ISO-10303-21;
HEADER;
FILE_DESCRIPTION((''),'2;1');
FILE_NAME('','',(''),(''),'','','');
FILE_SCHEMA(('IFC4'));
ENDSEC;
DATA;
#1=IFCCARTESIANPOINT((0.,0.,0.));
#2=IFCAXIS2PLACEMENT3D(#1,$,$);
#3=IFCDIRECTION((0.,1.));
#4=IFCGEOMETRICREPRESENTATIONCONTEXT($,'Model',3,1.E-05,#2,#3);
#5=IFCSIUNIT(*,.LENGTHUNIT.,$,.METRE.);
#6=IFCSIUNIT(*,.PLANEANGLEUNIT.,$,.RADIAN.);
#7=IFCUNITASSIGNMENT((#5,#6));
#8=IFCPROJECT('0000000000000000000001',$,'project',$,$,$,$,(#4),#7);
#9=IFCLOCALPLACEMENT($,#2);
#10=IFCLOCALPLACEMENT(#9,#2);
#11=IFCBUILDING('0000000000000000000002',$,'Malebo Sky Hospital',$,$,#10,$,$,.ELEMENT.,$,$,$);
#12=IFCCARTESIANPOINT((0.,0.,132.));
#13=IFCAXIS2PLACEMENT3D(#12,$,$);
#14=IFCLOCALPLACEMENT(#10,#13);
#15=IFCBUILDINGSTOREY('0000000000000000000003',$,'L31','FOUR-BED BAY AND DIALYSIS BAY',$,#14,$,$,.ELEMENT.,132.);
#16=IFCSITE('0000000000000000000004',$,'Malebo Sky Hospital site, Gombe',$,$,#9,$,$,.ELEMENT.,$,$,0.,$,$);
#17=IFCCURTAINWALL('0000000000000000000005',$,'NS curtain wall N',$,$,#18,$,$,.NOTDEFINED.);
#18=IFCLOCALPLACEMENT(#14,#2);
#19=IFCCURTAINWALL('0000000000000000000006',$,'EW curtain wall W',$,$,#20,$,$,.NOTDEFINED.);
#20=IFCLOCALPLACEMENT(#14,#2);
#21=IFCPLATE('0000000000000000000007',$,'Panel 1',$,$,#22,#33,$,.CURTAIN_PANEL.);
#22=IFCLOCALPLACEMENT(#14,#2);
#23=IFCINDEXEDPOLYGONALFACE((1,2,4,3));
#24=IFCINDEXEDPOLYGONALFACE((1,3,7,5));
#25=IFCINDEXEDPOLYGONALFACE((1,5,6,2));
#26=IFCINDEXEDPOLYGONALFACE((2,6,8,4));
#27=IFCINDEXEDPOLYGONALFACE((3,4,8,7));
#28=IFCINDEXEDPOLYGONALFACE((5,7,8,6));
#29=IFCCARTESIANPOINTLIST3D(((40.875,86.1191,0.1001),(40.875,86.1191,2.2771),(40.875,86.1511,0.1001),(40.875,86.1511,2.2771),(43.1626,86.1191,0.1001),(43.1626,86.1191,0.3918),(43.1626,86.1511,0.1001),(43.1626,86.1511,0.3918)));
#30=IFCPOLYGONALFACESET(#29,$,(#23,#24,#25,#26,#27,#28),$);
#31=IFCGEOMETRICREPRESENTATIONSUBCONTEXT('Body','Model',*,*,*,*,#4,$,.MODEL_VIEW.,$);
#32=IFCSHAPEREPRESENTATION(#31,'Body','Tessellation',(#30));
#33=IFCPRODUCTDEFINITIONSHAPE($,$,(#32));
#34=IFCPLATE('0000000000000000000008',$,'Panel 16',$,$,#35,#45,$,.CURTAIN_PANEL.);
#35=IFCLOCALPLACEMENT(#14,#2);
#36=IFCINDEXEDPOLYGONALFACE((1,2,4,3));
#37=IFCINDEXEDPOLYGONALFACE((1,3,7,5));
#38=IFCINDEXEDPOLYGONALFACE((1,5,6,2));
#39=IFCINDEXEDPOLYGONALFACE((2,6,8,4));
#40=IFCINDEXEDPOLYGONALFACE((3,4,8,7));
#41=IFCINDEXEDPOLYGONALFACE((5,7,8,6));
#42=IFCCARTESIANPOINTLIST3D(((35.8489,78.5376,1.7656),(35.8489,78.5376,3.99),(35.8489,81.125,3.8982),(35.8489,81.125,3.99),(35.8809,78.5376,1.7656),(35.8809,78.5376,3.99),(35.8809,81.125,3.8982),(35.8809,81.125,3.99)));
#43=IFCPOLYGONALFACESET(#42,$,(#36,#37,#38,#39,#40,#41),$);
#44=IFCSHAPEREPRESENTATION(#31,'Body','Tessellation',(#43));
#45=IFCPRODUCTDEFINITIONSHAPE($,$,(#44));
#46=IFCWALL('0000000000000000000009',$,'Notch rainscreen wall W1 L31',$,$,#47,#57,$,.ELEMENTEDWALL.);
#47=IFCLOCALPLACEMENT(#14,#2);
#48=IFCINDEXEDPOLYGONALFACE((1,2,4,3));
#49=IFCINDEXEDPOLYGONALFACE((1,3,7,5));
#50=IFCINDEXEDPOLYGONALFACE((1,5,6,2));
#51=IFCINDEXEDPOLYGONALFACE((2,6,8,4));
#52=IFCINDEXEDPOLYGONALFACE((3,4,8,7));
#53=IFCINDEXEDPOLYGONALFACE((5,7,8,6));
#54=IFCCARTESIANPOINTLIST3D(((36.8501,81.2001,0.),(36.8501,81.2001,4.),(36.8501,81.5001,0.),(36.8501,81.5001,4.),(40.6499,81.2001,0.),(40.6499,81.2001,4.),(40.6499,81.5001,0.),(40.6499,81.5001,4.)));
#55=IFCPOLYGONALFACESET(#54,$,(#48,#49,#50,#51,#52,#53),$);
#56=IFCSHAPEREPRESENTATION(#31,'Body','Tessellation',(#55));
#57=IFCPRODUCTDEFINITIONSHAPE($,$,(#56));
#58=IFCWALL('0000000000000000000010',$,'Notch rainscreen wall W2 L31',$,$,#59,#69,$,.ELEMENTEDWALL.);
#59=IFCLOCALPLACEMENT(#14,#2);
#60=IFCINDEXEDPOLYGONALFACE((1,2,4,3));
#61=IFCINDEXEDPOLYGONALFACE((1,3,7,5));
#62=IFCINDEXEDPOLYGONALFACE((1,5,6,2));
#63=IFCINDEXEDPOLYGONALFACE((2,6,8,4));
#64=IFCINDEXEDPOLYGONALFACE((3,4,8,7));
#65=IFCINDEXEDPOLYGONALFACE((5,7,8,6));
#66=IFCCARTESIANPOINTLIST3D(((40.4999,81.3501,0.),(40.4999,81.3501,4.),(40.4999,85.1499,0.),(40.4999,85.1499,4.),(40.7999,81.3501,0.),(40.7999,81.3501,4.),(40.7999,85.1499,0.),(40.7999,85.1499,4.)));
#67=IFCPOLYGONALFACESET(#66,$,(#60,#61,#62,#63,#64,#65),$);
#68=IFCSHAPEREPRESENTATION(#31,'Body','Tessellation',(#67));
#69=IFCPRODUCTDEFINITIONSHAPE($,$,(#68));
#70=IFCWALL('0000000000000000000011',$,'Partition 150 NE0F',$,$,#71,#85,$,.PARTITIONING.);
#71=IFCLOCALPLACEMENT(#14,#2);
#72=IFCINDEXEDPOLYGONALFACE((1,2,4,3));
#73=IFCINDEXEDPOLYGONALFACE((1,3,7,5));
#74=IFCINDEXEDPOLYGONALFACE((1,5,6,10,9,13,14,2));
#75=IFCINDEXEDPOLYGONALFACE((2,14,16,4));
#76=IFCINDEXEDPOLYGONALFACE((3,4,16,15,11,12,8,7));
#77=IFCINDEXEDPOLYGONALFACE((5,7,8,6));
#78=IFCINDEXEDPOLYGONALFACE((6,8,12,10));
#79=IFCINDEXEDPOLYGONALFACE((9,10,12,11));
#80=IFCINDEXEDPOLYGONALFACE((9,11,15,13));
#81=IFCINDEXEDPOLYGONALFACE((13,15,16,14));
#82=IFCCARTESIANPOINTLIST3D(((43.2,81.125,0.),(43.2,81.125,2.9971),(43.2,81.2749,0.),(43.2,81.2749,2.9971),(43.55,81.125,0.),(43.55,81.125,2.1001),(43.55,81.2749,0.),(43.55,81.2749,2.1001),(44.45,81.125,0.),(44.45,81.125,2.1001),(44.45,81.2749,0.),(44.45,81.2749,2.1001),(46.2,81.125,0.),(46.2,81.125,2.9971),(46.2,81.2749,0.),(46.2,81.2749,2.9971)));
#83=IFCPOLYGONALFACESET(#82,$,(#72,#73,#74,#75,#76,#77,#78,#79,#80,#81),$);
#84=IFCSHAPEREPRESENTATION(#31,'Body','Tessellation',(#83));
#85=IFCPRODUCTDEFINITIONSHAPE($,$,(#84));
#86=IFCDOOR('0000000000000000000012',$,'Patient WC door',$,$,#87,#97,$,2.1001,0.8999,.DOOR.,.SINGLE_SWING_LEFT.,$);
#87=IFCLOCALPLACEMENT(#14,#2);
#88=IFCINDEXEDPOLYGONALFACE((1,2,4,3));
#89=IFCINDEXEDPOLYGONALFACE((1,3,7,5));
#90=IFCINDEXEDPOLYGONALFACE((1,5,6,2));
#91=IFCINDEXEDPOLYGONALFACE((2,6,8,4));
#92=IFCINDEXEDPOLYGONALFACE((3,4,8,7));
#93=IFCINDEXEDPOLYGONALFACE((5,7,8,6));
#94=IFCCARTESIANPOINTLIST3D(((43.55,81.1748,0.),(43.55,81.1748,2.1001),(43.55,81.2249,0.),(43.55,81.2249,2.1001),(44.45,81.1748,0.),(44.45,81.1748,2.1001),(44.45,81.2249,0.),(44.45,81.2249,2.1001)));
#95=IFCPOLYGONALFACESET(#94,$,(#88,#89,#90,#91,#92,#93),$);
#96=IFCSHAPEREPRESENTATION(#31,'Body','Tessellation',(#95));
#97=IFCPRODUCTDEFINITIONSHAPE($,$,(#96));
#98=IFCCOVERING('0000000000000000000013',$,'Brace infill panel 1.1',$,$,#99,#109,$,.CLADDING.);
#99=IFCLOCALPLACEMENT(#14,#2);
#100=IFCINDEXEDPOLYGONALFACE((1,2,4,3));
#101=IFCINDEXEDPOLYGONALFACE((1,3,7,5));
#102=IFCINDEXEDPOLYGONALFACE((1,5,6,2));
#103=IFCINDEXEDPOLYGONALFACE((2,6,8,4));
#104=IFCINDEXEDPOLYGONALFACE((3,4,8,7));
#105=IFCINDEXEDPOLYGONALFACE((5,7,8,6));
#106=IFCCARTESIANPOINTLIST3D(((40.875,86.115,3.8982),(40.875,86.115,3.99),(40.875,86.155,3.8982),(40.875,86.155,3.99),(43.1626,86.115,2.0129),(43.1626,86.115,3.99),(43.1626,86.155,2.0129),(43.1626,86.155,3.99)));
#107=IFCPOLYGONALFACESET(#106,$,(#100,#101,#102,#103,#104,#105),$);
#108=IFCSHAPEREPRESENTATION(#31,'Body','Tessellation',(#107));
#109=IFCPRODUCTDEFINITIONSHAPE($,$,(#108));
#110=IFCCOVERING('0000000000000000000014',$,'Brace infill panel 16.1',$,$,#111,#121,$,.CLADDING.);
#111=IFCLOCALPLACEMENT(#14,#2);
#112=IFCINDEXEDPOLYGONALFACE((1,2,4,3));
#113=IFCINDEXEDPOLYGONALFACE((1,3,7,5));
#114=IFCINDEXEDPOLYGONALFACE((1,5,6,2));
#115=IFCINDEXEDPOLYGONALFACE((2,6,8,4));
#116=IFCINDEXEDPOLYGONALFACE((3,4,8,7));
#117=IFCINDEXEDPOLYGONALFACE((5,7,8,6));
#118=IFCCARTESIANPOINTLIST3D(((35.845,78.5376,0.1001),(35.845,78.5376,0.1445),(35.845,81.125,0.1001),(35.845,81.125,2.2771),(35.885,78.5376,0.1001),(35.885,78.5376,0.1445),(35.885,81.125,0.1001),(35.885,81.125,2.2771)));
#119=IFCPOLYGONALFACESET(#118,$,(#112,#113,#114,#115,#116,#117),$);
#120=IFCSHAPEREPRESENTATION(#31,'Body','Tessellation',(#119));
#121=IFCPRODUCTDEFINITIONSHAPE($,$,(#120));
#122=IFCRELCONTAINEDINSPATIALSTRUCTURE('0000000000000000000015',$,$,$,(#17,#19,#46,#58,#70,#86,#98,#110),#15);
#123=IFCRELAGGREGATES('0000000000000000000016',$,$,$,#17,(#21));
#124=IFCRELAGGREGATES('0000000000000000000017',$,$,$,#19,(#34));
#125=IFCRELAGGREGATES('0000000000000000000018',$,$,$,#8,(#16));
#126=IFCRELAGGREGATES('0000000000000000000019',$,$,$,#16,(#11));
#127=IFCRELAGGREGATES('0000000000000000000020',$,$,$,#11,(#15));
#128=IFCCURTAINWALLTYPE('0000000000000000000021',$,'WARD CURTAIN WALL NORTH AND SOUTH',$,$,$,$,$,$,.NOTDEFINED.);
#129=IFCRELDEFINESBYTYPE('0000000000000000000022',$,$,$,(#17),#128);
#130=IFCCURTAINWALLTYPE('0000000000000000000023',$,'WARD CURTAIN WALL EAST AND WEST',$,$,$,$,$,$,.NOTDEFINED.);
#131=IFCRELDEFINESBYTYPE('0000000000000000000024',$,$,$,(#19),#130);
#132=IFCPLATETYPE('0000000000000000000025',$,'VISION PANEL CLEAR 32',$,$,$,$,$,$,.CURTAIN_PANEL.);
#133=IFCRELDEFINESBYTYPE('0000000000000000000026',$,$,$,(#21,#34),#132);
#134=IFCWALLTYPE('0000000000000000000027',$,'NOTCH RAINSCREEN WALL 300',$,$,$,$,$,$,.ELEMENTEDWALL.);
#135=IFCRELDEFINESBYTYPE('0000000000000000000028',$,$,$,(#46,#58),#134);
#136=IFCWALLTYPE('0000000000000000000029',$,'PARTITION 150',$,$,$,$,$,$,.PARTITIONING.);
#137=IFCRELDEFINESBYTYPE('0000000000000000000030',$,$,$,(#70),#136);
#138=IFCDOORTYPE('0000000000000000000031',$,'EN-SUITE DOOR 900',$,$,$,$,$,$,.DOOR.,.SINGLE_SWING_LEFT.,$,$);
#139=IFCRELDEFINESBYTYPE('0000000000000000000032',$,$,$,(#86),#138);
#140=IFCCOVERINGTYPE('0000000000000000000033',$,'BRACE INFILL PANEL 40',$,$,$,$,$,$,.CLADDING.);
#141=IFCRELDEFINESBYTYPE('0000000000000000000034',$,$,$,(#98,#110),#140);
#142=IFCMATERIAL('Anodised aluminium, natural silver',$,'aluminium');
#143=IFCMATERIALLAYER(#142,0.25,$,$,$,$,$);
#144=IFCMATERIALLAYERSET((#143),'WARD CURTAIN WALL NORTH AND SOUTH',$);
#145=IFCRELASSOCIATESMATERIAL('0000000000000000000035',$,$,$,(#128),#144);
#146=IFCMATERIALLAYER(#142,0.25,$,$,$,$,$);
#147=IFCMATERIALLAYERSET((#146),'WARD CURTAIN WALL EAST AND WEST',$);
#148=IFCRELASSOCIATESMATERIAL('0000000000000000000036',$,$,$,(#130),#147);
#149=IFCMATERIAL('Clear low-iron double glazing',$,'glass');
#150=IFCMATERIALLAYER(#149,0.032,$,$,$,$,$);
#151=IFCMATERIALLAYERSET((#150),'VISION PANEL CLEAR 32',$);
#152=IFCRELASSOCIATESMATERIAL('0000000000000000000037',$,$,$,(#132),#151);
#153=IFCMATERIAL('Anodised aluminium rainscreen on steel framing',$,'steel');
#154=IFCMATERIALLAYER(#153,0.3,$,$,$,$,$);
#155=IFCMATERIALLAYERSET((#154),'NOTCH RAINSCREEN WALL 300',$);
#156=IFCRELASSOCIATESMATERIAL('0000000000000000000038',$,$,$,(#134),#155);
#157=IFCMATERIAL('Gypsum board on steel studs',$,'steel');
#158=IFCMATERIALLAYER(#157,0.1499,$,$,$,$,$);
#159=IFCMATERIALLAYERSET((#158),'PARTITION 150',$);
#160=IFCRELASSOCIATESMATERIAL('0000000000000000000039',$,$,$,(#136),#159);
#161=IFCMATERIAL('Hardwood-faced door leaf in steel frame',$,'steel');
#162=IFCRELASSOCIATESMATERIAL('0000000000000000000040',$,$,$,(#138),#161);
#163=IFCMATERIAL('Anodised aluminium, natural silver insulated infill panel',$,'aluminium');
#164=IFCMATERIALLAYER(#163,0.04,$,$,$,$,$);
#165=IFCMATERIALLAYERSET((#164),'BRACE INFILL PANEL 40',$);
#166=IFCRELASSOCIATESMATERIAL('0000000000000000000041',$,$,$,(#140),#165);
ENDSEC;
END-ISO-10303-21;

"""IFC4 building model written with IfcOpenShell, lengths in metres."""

from ifc_helpers import new_model, si_unit, direction, frame, frame_2d, origin, place, context, subcontext, project, spatial, polyline, rectangle, outline, extrude, material, layer, layer_set, type_object, element, fill, aggregate, save


model = new_model("IFC4")

# Units and contexts
model_context = context("Model", 3, precision=1e-05, world=origin(), true_north=direction((0.0, 1.0)))
body_context = subcontext(model_context, "Body", "Model", "MODEL_VIEW")
ifc_project = project(units=[si_unit("LENGTHUNIT", "METRE"), si_unit("PLANEANGLEUNIT", "RADIAN")], contexts=[model_context])

# Site, building, storey
site_placement = place(None, origin())
site = spatial("IfcSite", under=ifc_project, at=site_placement, Name="Malebo Sky Hospital site, Gombe", CompositionType="ELEMENT", RefElevation=0.0)
building_placement = place(site_placement, origin())
building = spatial("IfcBuilding", under=site, at=building_placement, Name="Malebo Sky Hospital", CompositionType="ELEMENT")
storey_placement = place(building_placement, frame((0.0, 0.0, 132.0)))
storey = spatial("IfcBuildingStorey", under=building, at=storey_placement, Name="L31", Description="FOUR-BED BAY AND DIALYSIS BAY", CompositionType="ELEMENT", Elevation=132.0)

# Curtain wall
ifc_material_1 = material(Name="Anodised aluminium, natural silver", Category="aluminium")
ifc_layer_1 = layer(ifc_material_1, 0.25)
ifc_layer_set_1 = layer_set([ifc_layer_1], Name="WARD CURTAIN WALL NORTH AND SOUTH")
curtain_wall_type_1 = type_object("IfcCurtainWallType", Name="WARD CURTAIN WALL NORTH AND SOUTH", PredefinedType="NOTDEFINED", material=ifc_layer_set_1)
curtain_wall_1_placement = place(storey_placement, origin())
curtain_wall_1 = element("IfcCurtainWall", 1, at=curtain_wall_1_placement, inside=storey, type_object=curtain_wall_type_1, Name="NS curtain wall N", PredefinedType="NOTDEFINED")

# Curtain wall
ifc_layer_2 = layer(ifc_material_1, 0.25)
ifc_layer_set_2 = layer_set([ifc_layer_2], Name="WARD CURTAIN WALL EAST AND WEST")
curtain_wall_type_2 = type_object("IfcCurtainWallType", Name="WARD CURTAIN WALL EAST AND WEST", PredefinedType="NOTDEFINED", material=ifc_layer_set_2)
curtain_wall_2_placement = place(storey_placement, origin())
curtain_wall_2 = element("IfcCurtainWall", 2, at=curtain_wall_2_placement, inside=storey, type_object=curtain_wall_type_2, Name="EW curtain wall W", PredefinedType="NOTDEFINED")

# Plates
ifc_material_2 = material(Name="Clear low-iron double glazing", Category="glass")
ifc_layer_3 = layer(ifc_material_2, 0.032)
ifc_layer_set_3 = layer_set([ifc_layer_3], Name="VISION PANEL CLEAR 32")
plate_type = type_object("IfcPlateType", Name="VISION PANEL CLEAR 32", PredefinedType="CURTAIN_PANEL", material=ifc_layer_set_3)
plate_1_placement = place(storey_placement, frame((42.0188, 86.135, 0.1001), z_axis=(0.0, 0.0, 1.0), x_axis=(1.0, 0.0, 0.0)))
plate_1 = element("IfcPlate", 3, at=plate_1_placement, type_object=plate_type, Name="Panel 1", PredefinedType="CURTAIN_PANEL", context=body_context, shape_type="SweptSolid", body=[
    extrude(outline(polyline([(-1.1438, 0.0), (1.1438, 0.0), (1.1438, 0.2917), (-1.1438, 2.177), (-1.1438, 0.0)])), frame((0.0, 0.0161, 0.0), z_axis=(0.0, -1.0, 0.0), x_axis=(1.0, 0.0, 0.0)), (0.0, 0.0, 1.0), 0.032),
])
aggregate(curtain_wall_1, [plate_1])
plate_2_placement = place(storey_placement, frame((35.865, 79.8313, 1.7656), z_axis=(0.0, 0.0, 1.0), x_axis=(0.0, 1.0, 0.0)))
plate_2 = element("IfcPlate", 4, at=plate_2_placement, type_object=plate_type, Name="Panel 16", PredefinedType="CURTAIN_PANEL", context=body_context, shape_type="SweptSolid", body=[
    extrude(outline(polyline([(-1.2937, 0.0), (1.2937, 2.1326), (1.2937, 2.2244), (-1.2937, 2.2244), (-1.2937, 0.0)])), frame((0.0, 0.0161, 0.0), z_axis=(0.0, -1.0, 0.0), x_axis=(1.0, 0.0, 0.0)), (0.0, 0.0, 1.0), 0.032),
])
aggregate(curtain_wall_2, [plate_2])

# Walls
ifc_material_3 = material(Name="Anodised aluminium rainscreen on steel framing", Category="steel")
ifc_layer_4 = layer(ifc_material_3, 0.3)
ifc_layer_set_4 = layer_set([ifc_layer_4], Name="NOTCH RAINSCREEN WALL 300")
wall_type_1 = type_object("IfcWallType", Name="NOTCH RAINSCREEN WALL 300", PredefinedType="ELEMENTEDWALL", material=ifc_layer_set_4)
for number, where, z_axis, x_axis, name in (
    (5, (36.8501, 81.3501, 0.0), (0.0, 0.0, 1.0), (1.0, 0.0, 0.0), "Notch rainscreen wall W1 L31"),
    (6, (40.6499, 81.3501, 0.0), (0.0, 0.0, 1.0), (0.0, 1.0, 0.0), "Notch rainscreen wall W2 L31"),
):
    element("IfcWall", number, at=place(storey_placement, frame(where, z_axis=z_axis, x_axis=x_axis)), inside=storey, type_object=wall_type_1, Name=name, PredefinedType="ELEMENTEDWALL", context=body_context, shape_type="SweptSolid", body=[
        extrude(rectangle(XDim=3.7998, YDim=0.3, at=frame_2d((1.8999, 0.0))), origin(), (0.0, 0.0, 1.0), 4.0),
    ])

# Wall, opening, door
ifc_material_4 = material(Name="Gypsum board on steel studs", Category="steel")
ifc_layer_5 = layer(ifc_material_4, 0.1499)
ifc_layer_set_5 = layer_set([ifc_layer_5], Name="PARTITION 150")
wall_type_2 = type_object("IfcWallType", Name="PARTITION 150", PredefinedType="PARTITIONING", material=ifc_layer_set_5)
wall_placement = place(storey_placement, frame((43.2, 81.2, 0.0), z_axis=(0.0, 0.0, 1.0), x_axis=(1.0, 0.0, 0.0)))
wall = element("IfcWall", 7, at=wall_placement, inside=storey, type_object=wall_type_2, Name="Partition 150 NE0F", PredefinedType="PARTITIONING", context=body_context, shape_type="SweptSolid", body=[
    extrude(rectangle(XDim=3.0, YDim=0.1499, at=frame_2d((1.5, 0.0))), origin(), (0.0, 0.0, 1.0), 2.9971),
])
opening_placement = place(wall_placement, frame((0.3501, 0.0, 0.0)))
opening = element("IfcOpeningElement", 8, at=opening_placement, cuts=wall, PredefinedType="OPENING", context=body_context, shape_type="SweptSolid", body=[
    extrude(rectangle(XDim=0.8999, YDim=2.1001, at=frame_2d((0.45, 1.05))), frame((0.0, 0.085, 0.0), z_axis=(0.0, -1.0, 0.0), x_axis=(1.0, 0.0, 0.0)), (0.0, 0.0, 1.0), 0.1699),
])
ifc_material_5 = material(Name="Hardwood-faced door leaf in steel frame", Category="steel")
door_type = type_object("IfcDoorType", Name="EN-SUITE DOOR 900", OperationType="SINGLE_SWING_LEFT", PredefinedType="DOOR", material=ifc_material_5)
door_placement = place(opening_placement, origin())
door = element("IfcDoor", 9, at=door_placement, inside=storey, type_object=door_type, Name="Patient WC door", OperationType="SINGLE_SWING_LEFT", OverallHeight=2.1001, OverallWidth=0.8999, PredefinedType="DOOR", context=body_context, shape_type="SweptSolid", body=[
    extrude(rectangle(XDim=0.8999, YDim=2.1001, at=frame_2d((0.45, 1.05))), frame((0.0, 0.0249, 0.0), z_axis=(0.0, -1.0, 0.0), x_axis=(1.0, 0.0, 0.0)), (0.0, 0.0, 1.0), 0.05),
])
fill(opening, door)

# Coverings
ifc_material_6 = material(Name="Anodised aluminium, natural silver insulated infill panel", Category="aluminium")
ifc_layer_6 = layer(ifc_material_6, 0.04)
ifc_layer_set_6 = layer_set([ifc_layer_6], Name="BRACE INFILL PANEL 40")
covering_type = type_object("IfcCoveringType", Name="BRACE INFILL PANEL 40", PredefinedType="CLADDING", material=ifc_layer_set_6)
covering_1_placement = place(storey_placement, frame((42.0188, 86.135, 2.0129), z_axis=(0.0, 0.0, 1.0), x_axis=(1.0, 0.0, 0.0)))
element("IfcCovering", 10, at=covering_1_placement, inside=storey, type_object=covering_type, Name="Brace infill panel 1.1", PredefinedType="CLADDING", context=body_context, shape_type="SweptSolid", body=[
    extrude(outline(polyline([(1.1438, 0.0), (1.1438, 1.9771), (-1.1438, 1.9771), (-1.1438, 1.8853), (1.1438, 0.0)])), frame((0.0, 0.02, 0.0), z_axis=(0.0, -1.0, 0.0), x_axis=(1.0, 0.0, 0.0)), (0.0, 0.0, 1.0), 0.04),
])
covering_2_placement = place(storey_placement, frame((35.865, 79.8313, 0.1001), z_axis=(0.0, 0.0, 1.0), x_axis=(0.0, 1.0, 0.0)))
element("IfcCovering", 11, at=covering_2_placement, inside=storey, type_object=covering_type, Name="Brace infill panel 16.1", PredefinedType="CLADDING", context=body_context, shape_type="SweptSolid", body=[
    extrude(outline(polyline([(-1.2937, 0.0), (1.2937, 0.0), (1.2937, 2.177), (-1.2937, 0.0444), (-1.2937, 0.0)])), frame((0.0, 0.02, 0.0), z_axis=(0.0, -1.0, 0.0), x_axis=(1.0, 0.0, 0.0)), (0.0, 0.0, 1.0), 0.04),
])

save(model, "model.ifc")
